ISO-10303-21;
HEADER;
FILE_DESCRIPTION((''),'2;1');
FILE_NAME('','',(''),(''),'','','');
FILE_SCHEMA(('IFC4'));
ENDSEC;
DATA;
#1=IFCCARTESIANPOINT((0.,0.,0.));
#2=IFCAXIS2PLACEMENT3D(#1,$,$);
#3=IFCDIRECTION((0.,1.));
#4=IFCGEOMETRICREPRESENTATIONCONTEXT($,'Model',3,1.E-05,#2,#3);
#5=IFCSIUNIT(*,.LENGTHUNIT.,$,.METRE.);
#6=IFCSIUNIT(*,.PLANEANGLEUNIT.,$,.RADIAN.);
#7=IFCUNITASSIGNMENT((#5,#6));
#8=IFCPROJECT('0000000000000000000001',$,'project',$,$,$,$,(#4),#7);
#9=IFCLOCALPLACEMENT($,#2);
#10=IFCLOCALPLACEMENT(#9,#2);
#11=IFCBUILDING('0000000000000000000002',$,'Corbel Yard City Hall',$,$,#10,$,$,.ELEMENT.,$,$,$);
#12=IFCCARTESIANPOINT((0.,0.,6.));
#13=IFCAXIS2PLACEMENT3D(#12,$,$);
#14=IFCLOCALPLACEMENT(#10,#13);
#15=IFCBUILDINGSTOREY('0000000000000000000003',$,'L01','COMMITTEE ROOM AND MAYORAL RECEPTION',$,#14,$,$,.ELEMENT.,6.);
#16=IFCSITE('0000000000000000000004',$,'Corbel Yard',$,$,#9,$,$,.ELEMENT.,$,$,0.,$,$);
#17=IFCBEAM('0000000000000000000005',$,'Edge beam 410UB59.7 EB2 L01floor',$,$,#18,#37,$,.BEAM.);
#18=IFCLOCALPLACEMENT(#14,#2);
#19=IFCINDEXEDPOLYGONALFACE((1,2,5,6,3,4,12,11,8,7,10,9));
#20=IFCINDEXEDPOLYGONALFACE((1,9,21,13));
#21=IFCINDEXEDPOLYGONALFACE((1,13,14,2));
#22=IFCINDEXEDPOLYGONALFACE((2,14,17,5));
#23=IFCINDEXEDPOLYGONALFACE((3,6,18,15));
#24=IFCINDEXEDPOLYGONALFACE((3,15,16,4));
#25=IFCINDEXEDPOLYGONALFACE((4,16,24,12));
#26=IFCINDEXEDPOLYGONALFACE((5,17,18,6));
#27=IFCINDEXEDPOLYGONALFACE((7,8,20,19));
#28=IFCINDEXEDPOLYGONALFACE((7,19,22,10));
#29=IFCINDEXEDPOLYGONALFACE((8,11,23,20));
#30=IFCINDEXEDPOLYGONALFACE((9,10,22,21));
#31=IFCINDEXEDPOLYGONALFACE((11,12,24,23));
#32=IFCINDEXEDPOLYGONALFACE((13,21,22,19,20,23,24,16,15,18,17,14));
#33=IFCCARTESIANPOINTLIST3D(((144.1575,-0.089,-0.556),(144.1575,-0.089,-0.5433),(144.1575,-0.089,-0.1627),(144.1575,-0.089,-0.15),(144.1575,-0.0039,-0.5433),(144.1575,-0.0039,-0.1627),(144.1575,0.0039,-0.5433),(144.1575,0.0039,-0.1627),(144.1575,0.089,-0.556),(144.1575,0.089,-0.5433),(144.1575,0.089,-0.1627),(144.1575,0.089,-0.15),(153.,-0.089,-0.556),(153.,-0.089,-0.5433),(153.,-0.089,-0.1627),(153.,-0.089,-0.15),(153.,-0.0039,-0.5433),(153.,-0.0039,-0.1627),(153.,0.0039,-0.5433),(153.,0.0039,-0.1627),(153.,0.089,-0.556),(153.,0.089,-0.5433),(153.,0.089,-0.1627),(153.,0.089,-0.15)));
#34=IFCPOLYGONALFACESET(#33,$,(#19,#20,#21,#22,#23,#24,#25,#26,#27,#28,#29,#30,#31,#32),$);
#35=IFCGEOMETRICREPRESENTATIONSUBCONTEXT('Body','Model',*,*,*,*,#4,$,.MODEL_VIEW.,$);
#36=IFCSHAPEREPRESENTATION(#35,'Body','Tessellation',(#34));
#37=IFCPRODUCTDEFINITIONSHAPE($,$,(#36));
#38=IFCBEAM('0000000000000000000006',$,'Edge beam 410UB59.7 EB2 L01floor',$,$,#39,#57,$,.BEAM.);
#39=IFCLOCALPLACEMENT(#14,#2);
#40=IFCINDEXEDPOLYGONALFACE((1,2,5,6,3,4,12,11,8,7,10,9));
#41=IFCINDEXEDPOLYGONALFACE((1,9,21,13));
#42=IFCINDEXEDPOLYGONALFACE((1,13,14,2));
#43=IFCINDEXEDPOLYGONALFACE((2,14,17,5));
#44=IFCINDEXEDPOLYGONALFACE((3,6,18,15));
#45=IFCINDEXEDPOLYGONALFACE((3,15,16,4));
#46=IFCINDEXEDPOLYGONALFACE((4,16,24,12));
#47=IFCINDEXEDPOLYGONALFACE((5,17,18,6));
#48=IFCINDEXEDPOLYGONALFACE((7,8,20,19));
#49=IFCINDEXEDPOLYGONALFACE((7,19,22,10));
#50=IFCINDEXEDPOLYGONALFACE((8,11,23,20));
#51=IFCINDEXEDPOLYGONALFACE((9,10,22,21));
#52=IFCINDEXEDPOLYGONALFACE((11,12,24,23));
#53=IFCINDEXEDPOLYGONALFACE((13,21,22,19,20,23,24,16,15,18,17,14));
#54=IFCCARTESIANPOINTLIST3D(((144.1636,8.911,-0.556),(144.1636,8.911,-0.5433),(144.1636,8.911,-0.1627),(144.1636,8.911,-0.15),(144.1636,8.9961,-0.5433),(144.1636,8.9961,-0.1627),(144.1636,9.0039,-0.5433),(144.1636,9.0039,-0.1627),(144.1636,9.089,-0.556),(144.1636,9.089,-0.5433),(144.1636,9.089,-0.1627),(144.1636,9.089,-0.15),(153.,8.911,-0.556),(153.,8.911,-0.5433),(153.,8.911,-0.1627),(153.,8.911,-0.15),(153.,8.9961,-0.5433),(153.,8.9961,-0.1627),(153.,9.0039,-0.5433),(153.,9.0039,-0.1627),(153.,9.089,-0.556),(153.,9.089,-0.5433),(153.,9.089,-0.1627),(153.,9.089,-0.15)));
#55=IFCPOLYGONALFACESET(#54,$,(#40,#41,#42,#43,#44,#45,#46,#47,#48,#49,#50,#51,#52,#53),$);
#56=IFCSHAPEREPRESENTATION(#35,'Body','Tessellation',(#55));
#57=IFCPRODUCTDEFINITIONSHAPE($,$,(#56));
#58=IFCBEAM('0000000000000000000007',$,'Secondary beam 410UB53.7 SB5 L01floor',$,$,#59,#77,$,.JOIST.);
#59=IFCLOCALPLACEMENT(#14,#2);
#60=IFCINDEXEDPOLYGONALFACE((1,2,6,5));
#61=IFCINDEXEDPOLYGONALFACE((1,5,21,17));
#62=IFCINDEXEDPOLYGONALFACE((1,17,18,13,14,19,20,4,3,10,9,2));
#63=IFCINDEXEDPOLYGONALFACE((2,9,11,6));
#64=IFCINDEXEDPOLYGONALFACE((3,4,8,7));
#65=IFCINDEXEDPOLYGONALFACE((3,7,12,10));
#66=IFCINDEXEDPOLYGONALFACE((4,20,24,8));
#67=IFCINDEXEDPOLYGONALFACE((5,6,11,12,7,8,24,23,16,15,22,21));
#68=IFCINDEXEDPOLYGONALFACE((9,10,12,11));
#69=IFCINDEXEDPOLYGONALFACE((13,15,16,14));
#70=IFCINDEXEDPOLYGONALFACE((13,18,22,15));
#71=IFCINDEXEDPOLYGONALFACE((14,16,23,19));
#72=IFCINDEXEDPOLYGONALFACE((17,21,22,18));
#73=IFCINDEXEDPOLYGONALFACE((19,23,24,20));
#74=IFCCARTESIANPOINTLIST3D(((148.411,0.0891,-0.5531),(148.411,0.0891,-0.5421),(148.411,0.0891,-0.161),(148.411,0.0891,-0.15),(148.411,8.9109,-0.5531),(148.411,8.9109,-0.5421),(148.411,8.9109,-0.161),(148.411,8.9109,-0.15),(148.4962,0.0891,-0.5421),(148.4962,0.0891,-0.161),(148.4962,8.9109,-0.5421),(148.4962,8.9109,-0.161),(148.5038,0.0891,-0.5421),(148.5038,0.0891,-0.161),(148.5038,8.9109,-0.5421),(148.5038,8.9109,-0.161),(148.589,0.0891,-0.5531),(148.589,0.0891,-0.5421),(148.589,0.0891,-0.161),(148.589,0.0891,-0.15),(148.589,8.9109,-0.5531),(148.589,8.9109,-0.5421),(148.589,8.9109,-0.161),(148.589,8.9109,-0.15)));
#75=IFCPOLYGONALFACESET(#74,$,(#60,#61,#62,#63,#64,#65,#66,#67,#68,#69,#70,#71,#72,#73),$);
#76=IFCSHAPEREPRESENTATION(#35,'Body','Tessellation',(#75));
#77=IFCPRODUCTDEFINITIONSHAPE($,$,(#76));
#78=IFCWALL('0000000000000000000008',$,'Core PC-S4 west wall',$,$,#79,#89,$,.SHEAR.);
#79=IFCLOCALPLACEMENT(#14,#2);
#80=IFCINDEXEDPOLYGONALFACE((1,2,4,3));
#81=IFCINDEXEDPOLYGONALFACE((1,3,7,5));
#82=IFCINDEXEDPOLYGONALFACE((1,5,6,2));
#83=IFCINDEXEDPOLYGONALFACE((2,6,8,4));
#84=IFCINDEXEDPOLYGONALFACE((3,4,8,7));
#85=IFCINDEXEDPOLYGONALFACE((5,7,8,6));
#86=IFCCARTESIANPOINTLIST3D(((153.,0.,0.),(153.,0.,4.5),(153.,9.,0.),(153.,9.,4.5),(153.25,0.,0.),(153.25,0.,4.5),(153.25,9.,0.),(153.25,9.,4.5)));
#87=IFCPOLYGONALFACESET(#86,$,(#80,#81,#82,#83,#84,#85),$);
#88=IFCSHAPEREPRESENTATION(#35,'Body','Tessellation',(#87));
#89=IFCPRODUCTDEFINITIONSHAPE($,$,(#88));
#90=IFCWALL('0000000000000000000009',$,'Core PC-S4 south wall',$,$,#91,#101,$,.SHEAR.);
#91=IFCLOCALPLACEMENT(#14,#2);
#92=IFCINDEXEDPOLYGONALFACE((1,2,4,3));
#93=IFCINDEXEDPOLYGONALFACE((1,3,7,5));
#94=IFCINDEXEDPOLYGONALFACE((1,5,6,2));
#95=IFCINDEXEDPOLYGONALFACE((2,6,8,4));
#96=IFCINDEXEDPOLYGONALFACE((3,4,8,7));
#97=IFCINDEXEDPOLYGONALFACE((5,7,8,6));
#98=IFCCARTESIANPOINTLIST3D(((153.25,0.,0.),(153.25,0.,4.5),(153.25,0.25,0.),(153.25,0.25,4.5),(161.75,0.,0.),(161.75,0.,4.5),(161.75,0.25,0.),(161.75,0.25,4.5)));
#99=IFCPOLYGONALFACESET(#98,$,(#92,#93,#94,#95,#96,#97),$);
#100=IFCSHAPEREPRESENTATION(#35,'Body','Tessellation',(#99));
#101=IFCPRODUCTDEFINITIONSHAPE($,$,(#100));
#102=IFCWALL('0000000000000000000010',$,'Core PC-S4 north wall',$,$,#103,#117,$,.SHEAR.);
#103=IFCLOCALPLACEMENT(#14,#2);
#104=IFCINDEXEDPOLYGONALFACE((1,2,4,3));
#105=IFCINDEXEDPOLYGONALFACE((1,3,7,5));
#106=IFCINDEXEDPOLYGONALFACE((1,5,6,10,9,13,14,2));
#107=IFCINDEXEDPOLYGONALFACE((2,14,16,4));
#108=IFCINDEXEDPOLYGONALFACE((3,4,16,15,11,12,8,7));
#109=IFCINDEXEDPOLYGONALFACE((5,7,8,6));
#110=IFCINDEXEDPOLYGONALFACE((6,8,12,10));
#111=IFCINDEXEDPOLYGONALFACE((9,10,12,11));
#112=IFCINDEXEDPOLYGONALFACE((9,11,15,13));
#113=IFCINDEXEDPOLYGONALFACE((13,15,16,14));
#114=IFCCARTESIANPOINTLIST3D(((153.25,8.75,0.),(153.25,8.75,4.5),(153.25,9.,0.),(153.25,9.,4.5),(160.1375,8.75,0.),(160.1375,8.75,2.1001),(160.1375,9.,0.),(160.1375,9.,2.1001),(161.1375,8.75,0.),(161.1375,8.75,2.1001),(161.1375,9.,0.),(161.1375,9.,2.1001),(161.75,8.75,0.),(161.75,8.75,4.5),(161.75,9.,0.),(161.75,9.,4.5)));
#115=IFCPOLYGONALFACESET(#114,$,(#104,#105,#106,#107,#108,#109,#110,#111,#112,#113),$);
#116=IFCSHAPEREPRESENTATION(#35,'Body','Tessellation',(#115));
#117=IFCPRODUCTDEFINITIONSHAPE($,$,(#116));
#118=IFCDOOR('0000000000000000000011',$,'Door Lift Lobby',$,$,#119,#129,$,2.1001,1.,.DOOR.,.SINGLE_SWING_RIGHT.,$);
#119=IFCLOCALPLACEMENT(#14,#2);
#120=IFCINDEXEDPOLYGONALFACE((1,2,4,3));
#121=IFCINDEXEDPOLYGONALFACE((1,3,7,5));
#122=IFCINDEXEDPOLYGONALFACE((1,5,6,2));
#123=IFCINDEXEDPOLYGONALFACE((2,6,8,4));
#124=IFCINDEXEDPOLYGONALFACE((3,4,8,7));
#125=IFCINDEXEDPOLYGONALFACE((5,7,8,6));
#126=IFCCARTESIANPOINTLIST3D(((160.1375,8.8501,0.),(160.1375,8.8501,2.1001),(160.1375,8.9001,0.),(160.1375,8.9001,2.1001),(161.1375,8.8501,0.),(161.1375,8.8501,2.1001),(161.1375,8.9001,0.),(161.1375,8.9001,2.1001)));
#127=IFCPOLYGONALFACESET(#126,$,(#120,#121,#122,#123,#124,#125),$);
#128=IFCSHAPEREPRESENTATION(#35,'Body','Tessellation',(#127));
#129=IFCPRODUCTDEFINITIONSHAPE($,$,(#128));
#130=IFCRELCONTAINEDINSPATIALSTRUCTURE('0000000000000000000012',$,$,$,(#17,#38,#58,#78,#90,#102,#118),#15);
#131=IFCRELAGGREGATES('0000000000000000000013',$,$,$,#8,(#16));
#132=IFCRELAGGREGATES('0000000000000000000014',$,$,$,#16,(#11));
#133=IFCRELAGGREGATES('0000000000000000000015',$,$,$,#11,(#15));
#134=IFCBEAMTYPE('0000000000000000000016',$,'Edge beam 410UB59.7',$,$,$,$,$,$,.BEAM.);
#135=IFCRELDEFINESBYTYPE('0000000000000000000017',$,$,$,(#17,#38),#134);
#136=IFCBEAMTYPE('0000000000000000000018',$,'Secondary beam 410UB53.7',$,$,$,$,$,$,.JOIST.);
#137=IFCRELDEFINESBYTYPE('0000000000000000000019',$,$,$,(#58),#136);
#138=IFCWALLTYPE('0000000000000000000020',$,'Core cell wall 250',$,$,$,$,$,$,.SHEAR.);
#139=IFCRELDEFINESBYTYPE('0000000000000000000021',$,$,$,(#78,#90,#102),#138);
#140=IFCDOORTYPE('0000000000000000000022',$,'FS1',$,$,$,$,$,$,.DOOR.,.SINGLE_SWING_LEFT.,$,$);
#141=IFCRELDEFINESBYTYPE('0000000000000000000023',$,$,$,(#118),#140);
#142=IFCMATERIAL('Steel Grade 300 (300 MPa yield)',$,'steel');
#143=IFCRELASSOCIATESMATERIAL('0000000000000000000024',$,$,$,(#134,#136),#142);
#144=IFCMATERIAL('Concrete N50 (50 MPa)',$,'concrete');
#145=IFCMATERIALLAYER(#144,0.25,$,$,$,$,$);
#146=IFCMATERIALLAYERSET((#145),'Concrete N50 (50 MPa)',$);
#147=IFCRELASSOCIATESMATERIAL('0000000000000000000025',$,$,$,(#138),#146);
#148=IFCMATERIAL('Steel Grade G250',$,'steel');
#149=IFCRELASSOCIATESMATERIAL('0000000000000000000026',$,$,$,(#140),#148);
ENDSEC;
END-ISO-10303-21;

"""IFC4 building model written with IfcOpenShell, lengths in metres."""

from ifc_helpers import new_model, si_unit, direction, frame, frame_2d, origin, origin_2d, place, context, subcontext, project, spatial, rectangle, i_section, extrude, material, layer, layer_set, material_profile, profile_set, type_object, element, fill, save


model = new_model("IFC4")

# Units and contexts
model_context = context("Model", 3, precision=1e-05, world=origin(), true_north=direction((0.0, 1.0)))
body_context = subcontext(model_context, "Body", "Model", "MODEL_VIEW")
ifc_project = project(units=[si_unit("LENGTHUNIT", "METRE"), si_unit("PLANEANGLEUNIT", "RADIAN")], contexts=[model_context])

# Site, building, storey
site_placement = place(None, origin())
site = spatial("IfcSite", under=ifc_project, at=site_placement, Name="Corbel Yard", CompositionType="ELEMENT", RefElevation=0.0)
building_placement = place(site_placement, origin())
building = spatial("IfcBuilding", under=site, at=building_placement, Name="Corbel Yard City Hall", CompositionType="ELEMENT")
storey_placement = place(building_placement, frame((0.0, 0.0, 6.0)))
storey = spatial("IfcBuildingStorey", under=building, at=storey_placement, Name="L01", Description="COMMITTEE ROOM AND MAYORAL RECEPTION", CompositionType="ELEMENT", Elevation=6.0)

# Beams
ifc_material_1 = material(Name="Steel Grade 300 (300 MPa yield)", Category="steel")
ifc_material_profile_1 = material_profile(ifc_material_1, i_section(OverallWidth=0.178, OverallDepth=0.406, WebThickness=0.0078, FlangeThickness=0.0127, at=origin_2d()), Name="410UB59.7")
ifc_profile_set_1 = profile_set([ifc_material_profile_1], Name="Steel Grade 300 (300 MPa yield)")
beam_type_1 = type_object("IfcBeamType", Name="Edge beam 410UB59.7", PredefinedType="BEAM", material=ifc_profile_set_1)
beam_1_placement = place(storey_placement, frame((144.1575, 0.0, -0.353), z_axis=(1.0, 0.0, 0.0), x_axis=(0.0, 1.0, 0.0)))
element("IfcBeam", 1, at=beam_1_placement, inside=storey, type_object=beam_type_1, Name="Edge beam 410UB59.7 EB2 L01floor", PredefinedType="BEAM", context=body_context, shape_type="SweptSolid", body=[
    extrude(i_section(OverallWidth=0.178, OverallDepth=0.406, WebThickness=0.0078, FlangeThickness=0.0127, at=origin_2d()), origin(), (0.0, 0.0, 1.0), 8.8425),
])
beam_2_placement = place(storey_placement, frame((144.1636, 9.0, -0.353), z_axis=(1.0, 0.0, 0.0), x_axis=(0.0, 1.0, 0.0)))
element("IfcBeam", 2, at=beam_2_placement, inside=storey, type_object=beam_type_1, Name="Edge beam 410UB59.7 EB2 L01floor", PredefinedType="BEAM", context=body_context, shape_type="SweptSolid", body=[
    extrude(i_section(OverallWidth=0.178, OverallDepth=0.406, WebThickness=0.0078, FlangeThickness=0.0127, at=origin_2d()), origin(), (0.0, 0.0, 1.0), 8.8364),
])
ifc_material_profile_2 = material_profile(ifc_material_1, i_section(OverallWidth=0.178, OverallDepth=0.4031, WebThickness=0.0076, FlangeThickness=0.011, at=origin_2d()), Name="410UB53.7")
ifc_profile_set_2 = profile_set([ifc_material_profile_2], Name="Steel Grade 300 (300 MPa yield)")
beam_type_2 = type_object("IfcBeamType", Name="Secondary beam 410UB53.7", PredefinedType="JOIST", material=ifc_profile_set_2)
beam_3_placement = place(storey_placement, frame((148.5, 0.0891, -0.3516), z_axis=(0.0, 1.0, 0.0), x_axis=(-1.0, 0.0, 0.0)))
element("IfcBeam", 3, at=beam_3_placement, inside=storey, type_object=beam_type_2, Name="Secondary beam 410UB53.7 SB5 L01floor", PredefinedType="JOIST", context=body_context, shape_type="SweptSolid", body=[
    extrude(i_section(OverallWidth=0.178, OverallDepth=0.4031, WebThickness=0.0076, FlangeThickness=0.011, at=origin_2d()), origin(), (0.0, 0.0, 1.0), 8.8218),
])

# Walls
ifc_material_2 = material(Name="Concrete N50 (50 MPa)", Category="concrete")
ifc_layer_1 = layer(ifc_material_2, 0.25)
ifc_layer_set_1 = layer_set([ifc_layer_1], Name="Concrete N50 (50 MPa)")
wall_type_1 = type_object("IfcWallType", Name="Core cell wall 250", PredefinedType="SHEAR", material=ifc_layer_set_1)
wall_1_placement = place(storey_placement, frame((153.125, 0.0, 0.0), z_axis=(0.0, 0.0, 1.0), x_axis=(0.0, 1.0, 0.0)))
element("IfcWall", 4, at=wall_1_placement, inside=storey, type_object=wall_type_1, Name="Core PC-S4 west wall", PredefinedType="SHEAR", context=body_context, shape_type="SweptSolid", body=[
    extrude(rectangle(XDim=9.0, YDim=0.25, at=frame_2d((4.5, 0.0))), origin(), (0.0, 0.0, 1.0), 4.5),
])
wall_2_placement = place(storey_placement, frame((153.25, 0.125, 0.0), z_axis=(0.0, 0.0, 1.0), x_axis=(1.0, 0.0, 0.0)))
element("IfcWall", 5, at=wall_2_placement, inside=storey, type_object=wall_type_1, Name="Core PC-S4 south wall", PredefinedType="SHEAR", context=body_context, shape_type="SweptSolid", body=[
    extrude(rectangle(XDim=8.5, YDim=0.25, at=frame_2d((4.25, 0.0))), origin(), (0.0, 0.0, 1.0), 4.5),
])

# Wall, opening, door
wall_3_placement = place(storey_placement, frame((153.25, 8.875, 0.0), z_axis=(0.0, 0.0, 1.0), x_axis=(1.0, 0.0, 0.0)))
wall_3 = element("IfcWall", 6, at=wall_3_placement, inside=storey, type_object=wall_type_1, Name="Core PC-S4 north wall", PredefinedType="SHEAR", context=body_context, shape_type="SweptSolid", body=[
    extrude(rectangle(XDim=8.5, YDim=0.25, at=frame_2d((4.25, 0.0))), origin(), (0.0, 0.0, 1.0), 4.5),
])
opening_1_placement = place(wall_3_placement, frame((6.8875, 0.0, 0.0)))
opening_1 = element("IfcOpeningElement", 7, at=opening_1_placement, cuts=wall_3, PredefinedType="OPENING", context=body_context, shape_type="SweptSolid", body=[
    extrude(rectangle(XDim=1.0, YDim=2.1001, at=frame_2d((0.5, 1.05))), frame((0.0, 0.135, 0.0), z_axis=(0.0, -1.0, 0.0), x_axis=(1.0, 0.0, 0.0)), (0.0, 0.0, 1.0), 0.27),
])
ifc_material_3 = material(Name="Steel Grade G250", Category="steel")
door_type_1 = type_object("IfcDoorType", Name="FS1", OperationType="SINGLE_SWING_LEFT", PredefinedType="DOOR", material=ifc_material_3)
door_1_placement = place(opening_1_placement, frame((1.0, 0.0, 0.0), z_axis=(0.0, 0.0, 1.0), x_axis=(-1.0, 0.0, 0.0)))
door_1 = element("IfcDoor", 8, at=door_1_placement, inside=storey, type_object=door_type_1, Name="Door Lift Lobby", OperationType="SINGLE_SWING_RIGHT", OverallHeight=2.1001, OverallWidth=1.0, PredefinedType="DOOR", context=body_context, shape_type="SweptSolid", body=[
    extrude(rectangle(XDim=1.0, YDim=2.1001, at=frame_2d((0.5, 1.05))), frame((0.0, 0.0249, 0.0), z_axis=(0.0, -1.0, 0.0), x_axis=(1.0, 0.0, 0.0)), (0.0, 0.0, 1.0), 0.05),
])
fill(opening_1, door_1)

save(model, "model.ifc")
